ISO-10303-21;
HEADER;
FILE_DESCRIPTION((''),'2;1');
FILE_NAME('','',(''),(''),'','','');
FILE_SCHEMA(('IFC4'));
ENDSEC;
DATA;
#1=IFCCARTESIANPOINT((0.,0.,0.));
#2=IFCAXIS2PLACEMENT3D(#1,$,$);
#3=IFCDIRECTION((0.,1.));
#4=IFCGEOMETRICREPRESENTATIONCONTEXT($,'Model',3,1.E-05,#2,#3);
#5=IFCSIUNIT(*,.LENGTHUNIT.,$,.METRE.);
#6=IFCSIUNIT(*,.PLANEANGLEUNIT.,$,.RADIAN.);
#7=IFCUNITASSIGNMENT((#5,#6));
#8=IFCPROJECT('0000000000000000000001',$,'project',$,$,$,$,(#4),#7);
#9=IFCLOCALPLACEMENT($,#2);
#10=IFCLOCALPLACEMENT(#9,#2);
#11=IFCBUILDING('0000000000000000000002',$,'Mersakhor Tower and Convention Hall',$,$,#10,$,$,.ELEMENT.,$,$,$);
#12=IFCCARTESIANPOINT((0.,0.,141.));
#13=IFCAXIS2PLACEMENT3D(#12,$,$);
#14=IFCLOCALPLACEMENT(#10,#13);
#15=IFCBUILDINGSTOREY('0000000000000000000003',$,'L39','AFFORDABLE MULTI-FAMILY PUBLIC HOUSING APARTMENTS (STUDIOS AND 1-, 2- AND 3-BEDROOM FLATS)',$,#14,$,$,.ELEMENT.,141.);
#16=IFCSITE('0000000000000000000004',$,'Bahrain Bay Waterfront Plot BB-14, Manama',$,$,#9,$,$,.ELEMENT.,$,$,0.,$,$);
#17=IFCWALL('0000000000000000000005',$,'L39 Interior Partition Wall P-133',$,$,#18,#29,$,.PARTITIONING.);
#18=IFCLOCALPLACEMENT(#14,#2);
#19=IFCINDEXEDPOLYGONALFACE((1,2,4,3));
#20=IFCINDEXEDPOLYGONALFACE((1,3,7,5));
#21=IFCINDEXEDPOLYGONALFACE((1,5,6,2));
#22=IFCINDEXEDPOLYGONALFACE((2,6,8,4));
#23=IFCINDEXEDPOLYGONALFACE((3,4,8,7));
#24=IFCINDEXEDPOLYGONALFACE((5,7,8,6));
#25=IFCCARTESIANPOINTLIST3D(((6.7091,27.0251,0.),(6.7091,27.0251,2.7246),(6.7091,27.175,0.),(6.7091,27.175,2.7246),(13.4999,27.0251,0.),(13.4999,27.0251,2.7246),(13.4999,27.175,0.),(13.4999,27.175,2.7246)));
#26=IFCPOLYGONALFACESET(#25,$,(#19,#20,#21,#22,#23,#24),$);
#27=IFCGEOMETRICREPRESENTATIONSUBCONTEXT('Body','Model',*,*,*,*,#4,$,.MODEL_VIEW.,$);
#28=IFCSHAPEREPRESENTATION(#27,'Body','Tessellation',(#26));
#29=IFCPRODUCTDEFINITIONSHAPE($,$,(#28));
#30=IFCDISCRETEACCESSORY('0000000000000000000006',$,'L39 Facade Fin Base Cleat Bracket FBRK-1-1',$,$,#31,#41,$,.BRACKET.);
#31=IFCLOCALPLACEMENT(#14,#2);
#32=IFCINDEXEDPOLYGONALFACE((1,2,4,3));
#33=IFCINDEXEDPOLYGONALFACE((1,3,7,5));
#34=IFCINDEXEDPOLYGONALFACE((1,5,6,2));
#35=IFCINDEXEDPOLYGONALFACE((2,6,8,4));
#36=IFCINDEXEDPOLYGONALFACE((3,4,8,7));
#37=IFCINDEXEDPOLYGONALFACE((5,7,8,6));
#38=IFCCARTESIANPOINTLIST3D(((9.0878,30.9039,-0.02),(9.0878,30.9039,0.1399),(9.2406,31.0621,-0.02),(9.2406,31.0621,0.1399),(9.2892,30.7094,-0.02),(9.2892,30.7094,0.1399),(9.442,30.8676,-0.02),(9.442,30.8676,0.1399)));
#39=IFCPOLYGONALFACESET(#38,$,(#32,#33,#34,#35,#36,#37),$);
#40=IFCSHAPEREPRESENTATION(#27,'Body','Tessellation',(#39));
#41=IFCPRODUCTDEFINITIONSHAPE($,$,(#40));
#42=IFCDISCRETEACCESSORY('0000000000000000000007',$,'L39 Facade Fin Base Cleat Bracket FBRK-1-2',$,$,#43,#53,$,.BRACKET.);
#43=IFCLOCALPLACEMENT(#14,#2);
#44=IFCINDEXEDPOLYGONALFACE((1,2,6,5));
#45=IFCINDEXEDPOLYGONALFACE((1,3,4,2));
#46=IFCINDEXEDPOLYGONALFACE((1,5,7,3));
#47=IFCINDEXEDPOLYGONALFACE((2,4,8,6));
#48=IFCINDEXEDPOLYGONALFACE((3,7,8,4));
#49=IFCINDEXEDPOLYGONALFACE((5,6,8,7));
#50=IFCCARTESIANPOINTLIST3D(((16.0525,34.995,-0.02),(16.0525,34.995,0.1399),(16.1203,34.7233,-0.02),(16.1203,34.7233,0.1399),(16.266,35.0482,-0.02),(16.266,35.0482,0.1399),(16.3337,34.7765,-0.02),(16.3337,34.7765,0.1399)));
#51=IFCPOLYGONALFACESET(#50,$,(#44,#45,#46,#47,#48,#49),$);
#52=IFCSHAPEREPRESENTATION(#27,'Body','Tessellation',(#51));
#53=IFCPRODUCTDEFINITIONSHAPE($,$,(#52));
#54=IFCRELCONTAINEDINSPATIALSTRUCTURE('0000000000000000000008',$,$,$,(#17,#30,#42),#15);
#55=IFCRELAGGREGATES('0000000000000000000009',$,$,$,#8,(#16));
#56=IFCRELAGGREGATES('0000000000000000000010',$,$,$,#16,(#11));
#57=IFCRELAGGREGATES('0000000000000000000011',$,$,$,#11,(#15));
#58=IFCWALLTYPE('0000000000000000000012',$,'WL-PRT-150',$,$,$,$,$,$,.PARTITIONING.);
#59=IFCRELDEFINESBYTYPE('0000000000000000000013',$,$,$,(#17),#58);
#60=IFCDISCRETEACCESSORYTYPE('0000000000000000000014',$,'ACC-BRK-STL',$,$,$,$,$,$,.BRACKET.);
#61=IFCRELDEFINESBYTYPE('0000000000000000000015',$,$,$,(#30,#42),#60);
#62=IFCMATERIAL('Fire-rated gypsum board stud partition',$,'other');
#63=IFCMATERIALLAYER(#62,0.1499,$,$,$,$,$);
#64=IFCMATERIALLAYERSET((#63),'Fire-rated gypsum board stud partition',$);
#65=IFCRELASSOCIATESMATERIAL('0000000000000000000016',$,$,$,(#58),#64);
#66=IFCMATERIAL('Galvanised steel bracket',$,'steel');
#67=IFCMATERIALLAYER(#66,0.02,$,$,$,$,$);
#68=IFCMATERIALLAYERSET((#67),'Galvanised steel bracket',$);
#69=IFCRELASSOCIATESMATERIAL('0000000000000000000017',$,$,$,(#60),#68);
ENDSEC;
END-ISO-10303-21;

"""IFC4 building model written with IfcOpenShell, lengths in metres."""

from ifc_helpers import new_model, si_unit, direction, frame, frame_2d, origin, origin_2d, place, context, subcontext, project, spatial, rectangle, extrude, material, layer, layer_set, type_object, element, save


model = new_model("IFC4")

# Units and contexts
model_context = context("Model", 3, precision=1e-05, world=origin(), true_north=direction((0.0, 1.0)))
body_context = subcontext(model_context, "Body", "Model", "MODEL_VIEW")
ifc_project = project(units=[si_unit("LENGTHUNIT", "METRE"), si_unit("PLANEANGLEUNIT", "RADIAN")], contexts=[model_context])

# Site, building, storey
site_placement = place(None, origin())
site = spatial("IfcSite", under=ifc_project, at=site_placement, Name="Bahrain Bay Waterfront Plot BB-14, Manama", CompositionType="ELEMENT", RefElevation=0.0)
building_placement = place(site_placement, origin())
building = spatial("IfcBuilding", under=site, at=building_placement, Name="Mersakhor Tower and Convention Hall", CompositionType="ELEMENT")
storey_placement = place(building_placement, frame((0.0, 0.0, 141.0)))
storey = spatial("IfcBuildingStorey", under=building, at=storey_placement, Name="L39", Description="AFFORDABLE MULTI-FAMILY PUBLIC HOUSING APARTMENTS (STUDIOS AND 1-, 2- AND 3-BEDROOM FLATS)", CompositionType="ELEMENT", Elevation=141.0)

# Wall
ifc_material_1 = material(Name="Fire-rated gypsum board stud partition", Category="other")
ifc_layer_1 = layer(ifc_material_1, 0.1499)
ifc_layer_set_1 = layer_set([ifc_layer_1], Name="Fire-rated gypsum board stud partition")
wall_type_1 = type_object("IfcWallType", Name="WL-PRT-150", PredefinedType="PARTITIONING", material=ifc_layer_set_1)
wall_1_placement = place(storey_placement, frame((13.5, 27.1001, 0.0), z_axis=(0.0, 0.0, 1.0), x_axis=(-1.0, 0.0, 0.0)))
element("IfcWall", 1, at=wall_1_placement, inside=storey, type_object=wall_type_1, Name="L39 Interior Partition Wall P-133", PredefinedType="PARTITIONING", context=body_context, shape_type="SweptSolid", body=[
    extrude(rectangle(XDim=6.7908, YDim=0.1499, at=frame_2d((3.3955, 0.0))), origin(), (0.0, 0.0, 1.0), 2.7246),
])

# Discrete accessories
ifc_material_2 = material(Name="Galvanised steel bracket", Category="steel")
ifc_layer_2 = layer(ifc_material_2, 0.02)
ifc_layer_set_2 = layer_set([ifc_layer_2], Name="Galvanised steel bracket")
discrete_accessory_type = type_object("IfcDiscreteAccessoryType", Name="ACC-BRK-STL", PredefinedType="BRACKET", material=ifc_layer_set_2)
for number, where, z_axis, x_axis, name in (
    (2, (9.2649, 30.8857, -0.02), (0.0, 0.0, 1.0), (-0.71934, 0.694658, 0.0), "L39 Facade Fin Base Cleat Bracket FBRK-1-1"),
    (3, (16.1931, 34.8857, -0.02), (0.0, 0.0, 1.0), (-0.241922, 0.970296, 0.0), "L39 Facade Fin Base Cleat Bracket FBRK-1-2"),
):
    element("IfcDiscreteAccessory", number, at=place(storey_placement, frame(where, z_axis=z_axis, x_axis=x_axis)), inside=storey, type_object=discrete_accessory_type, Name=name, PredefinedType="BRACKET", context=body_context, shape_type="SweptSolid", body=[
        extrude(rectangle(XDim=0.28, YDim=0.22, at=origin_2d()), origin(), (0.0, 0.0, 1.0), 0.1599),
    ])

save(model, "model.ifc")
